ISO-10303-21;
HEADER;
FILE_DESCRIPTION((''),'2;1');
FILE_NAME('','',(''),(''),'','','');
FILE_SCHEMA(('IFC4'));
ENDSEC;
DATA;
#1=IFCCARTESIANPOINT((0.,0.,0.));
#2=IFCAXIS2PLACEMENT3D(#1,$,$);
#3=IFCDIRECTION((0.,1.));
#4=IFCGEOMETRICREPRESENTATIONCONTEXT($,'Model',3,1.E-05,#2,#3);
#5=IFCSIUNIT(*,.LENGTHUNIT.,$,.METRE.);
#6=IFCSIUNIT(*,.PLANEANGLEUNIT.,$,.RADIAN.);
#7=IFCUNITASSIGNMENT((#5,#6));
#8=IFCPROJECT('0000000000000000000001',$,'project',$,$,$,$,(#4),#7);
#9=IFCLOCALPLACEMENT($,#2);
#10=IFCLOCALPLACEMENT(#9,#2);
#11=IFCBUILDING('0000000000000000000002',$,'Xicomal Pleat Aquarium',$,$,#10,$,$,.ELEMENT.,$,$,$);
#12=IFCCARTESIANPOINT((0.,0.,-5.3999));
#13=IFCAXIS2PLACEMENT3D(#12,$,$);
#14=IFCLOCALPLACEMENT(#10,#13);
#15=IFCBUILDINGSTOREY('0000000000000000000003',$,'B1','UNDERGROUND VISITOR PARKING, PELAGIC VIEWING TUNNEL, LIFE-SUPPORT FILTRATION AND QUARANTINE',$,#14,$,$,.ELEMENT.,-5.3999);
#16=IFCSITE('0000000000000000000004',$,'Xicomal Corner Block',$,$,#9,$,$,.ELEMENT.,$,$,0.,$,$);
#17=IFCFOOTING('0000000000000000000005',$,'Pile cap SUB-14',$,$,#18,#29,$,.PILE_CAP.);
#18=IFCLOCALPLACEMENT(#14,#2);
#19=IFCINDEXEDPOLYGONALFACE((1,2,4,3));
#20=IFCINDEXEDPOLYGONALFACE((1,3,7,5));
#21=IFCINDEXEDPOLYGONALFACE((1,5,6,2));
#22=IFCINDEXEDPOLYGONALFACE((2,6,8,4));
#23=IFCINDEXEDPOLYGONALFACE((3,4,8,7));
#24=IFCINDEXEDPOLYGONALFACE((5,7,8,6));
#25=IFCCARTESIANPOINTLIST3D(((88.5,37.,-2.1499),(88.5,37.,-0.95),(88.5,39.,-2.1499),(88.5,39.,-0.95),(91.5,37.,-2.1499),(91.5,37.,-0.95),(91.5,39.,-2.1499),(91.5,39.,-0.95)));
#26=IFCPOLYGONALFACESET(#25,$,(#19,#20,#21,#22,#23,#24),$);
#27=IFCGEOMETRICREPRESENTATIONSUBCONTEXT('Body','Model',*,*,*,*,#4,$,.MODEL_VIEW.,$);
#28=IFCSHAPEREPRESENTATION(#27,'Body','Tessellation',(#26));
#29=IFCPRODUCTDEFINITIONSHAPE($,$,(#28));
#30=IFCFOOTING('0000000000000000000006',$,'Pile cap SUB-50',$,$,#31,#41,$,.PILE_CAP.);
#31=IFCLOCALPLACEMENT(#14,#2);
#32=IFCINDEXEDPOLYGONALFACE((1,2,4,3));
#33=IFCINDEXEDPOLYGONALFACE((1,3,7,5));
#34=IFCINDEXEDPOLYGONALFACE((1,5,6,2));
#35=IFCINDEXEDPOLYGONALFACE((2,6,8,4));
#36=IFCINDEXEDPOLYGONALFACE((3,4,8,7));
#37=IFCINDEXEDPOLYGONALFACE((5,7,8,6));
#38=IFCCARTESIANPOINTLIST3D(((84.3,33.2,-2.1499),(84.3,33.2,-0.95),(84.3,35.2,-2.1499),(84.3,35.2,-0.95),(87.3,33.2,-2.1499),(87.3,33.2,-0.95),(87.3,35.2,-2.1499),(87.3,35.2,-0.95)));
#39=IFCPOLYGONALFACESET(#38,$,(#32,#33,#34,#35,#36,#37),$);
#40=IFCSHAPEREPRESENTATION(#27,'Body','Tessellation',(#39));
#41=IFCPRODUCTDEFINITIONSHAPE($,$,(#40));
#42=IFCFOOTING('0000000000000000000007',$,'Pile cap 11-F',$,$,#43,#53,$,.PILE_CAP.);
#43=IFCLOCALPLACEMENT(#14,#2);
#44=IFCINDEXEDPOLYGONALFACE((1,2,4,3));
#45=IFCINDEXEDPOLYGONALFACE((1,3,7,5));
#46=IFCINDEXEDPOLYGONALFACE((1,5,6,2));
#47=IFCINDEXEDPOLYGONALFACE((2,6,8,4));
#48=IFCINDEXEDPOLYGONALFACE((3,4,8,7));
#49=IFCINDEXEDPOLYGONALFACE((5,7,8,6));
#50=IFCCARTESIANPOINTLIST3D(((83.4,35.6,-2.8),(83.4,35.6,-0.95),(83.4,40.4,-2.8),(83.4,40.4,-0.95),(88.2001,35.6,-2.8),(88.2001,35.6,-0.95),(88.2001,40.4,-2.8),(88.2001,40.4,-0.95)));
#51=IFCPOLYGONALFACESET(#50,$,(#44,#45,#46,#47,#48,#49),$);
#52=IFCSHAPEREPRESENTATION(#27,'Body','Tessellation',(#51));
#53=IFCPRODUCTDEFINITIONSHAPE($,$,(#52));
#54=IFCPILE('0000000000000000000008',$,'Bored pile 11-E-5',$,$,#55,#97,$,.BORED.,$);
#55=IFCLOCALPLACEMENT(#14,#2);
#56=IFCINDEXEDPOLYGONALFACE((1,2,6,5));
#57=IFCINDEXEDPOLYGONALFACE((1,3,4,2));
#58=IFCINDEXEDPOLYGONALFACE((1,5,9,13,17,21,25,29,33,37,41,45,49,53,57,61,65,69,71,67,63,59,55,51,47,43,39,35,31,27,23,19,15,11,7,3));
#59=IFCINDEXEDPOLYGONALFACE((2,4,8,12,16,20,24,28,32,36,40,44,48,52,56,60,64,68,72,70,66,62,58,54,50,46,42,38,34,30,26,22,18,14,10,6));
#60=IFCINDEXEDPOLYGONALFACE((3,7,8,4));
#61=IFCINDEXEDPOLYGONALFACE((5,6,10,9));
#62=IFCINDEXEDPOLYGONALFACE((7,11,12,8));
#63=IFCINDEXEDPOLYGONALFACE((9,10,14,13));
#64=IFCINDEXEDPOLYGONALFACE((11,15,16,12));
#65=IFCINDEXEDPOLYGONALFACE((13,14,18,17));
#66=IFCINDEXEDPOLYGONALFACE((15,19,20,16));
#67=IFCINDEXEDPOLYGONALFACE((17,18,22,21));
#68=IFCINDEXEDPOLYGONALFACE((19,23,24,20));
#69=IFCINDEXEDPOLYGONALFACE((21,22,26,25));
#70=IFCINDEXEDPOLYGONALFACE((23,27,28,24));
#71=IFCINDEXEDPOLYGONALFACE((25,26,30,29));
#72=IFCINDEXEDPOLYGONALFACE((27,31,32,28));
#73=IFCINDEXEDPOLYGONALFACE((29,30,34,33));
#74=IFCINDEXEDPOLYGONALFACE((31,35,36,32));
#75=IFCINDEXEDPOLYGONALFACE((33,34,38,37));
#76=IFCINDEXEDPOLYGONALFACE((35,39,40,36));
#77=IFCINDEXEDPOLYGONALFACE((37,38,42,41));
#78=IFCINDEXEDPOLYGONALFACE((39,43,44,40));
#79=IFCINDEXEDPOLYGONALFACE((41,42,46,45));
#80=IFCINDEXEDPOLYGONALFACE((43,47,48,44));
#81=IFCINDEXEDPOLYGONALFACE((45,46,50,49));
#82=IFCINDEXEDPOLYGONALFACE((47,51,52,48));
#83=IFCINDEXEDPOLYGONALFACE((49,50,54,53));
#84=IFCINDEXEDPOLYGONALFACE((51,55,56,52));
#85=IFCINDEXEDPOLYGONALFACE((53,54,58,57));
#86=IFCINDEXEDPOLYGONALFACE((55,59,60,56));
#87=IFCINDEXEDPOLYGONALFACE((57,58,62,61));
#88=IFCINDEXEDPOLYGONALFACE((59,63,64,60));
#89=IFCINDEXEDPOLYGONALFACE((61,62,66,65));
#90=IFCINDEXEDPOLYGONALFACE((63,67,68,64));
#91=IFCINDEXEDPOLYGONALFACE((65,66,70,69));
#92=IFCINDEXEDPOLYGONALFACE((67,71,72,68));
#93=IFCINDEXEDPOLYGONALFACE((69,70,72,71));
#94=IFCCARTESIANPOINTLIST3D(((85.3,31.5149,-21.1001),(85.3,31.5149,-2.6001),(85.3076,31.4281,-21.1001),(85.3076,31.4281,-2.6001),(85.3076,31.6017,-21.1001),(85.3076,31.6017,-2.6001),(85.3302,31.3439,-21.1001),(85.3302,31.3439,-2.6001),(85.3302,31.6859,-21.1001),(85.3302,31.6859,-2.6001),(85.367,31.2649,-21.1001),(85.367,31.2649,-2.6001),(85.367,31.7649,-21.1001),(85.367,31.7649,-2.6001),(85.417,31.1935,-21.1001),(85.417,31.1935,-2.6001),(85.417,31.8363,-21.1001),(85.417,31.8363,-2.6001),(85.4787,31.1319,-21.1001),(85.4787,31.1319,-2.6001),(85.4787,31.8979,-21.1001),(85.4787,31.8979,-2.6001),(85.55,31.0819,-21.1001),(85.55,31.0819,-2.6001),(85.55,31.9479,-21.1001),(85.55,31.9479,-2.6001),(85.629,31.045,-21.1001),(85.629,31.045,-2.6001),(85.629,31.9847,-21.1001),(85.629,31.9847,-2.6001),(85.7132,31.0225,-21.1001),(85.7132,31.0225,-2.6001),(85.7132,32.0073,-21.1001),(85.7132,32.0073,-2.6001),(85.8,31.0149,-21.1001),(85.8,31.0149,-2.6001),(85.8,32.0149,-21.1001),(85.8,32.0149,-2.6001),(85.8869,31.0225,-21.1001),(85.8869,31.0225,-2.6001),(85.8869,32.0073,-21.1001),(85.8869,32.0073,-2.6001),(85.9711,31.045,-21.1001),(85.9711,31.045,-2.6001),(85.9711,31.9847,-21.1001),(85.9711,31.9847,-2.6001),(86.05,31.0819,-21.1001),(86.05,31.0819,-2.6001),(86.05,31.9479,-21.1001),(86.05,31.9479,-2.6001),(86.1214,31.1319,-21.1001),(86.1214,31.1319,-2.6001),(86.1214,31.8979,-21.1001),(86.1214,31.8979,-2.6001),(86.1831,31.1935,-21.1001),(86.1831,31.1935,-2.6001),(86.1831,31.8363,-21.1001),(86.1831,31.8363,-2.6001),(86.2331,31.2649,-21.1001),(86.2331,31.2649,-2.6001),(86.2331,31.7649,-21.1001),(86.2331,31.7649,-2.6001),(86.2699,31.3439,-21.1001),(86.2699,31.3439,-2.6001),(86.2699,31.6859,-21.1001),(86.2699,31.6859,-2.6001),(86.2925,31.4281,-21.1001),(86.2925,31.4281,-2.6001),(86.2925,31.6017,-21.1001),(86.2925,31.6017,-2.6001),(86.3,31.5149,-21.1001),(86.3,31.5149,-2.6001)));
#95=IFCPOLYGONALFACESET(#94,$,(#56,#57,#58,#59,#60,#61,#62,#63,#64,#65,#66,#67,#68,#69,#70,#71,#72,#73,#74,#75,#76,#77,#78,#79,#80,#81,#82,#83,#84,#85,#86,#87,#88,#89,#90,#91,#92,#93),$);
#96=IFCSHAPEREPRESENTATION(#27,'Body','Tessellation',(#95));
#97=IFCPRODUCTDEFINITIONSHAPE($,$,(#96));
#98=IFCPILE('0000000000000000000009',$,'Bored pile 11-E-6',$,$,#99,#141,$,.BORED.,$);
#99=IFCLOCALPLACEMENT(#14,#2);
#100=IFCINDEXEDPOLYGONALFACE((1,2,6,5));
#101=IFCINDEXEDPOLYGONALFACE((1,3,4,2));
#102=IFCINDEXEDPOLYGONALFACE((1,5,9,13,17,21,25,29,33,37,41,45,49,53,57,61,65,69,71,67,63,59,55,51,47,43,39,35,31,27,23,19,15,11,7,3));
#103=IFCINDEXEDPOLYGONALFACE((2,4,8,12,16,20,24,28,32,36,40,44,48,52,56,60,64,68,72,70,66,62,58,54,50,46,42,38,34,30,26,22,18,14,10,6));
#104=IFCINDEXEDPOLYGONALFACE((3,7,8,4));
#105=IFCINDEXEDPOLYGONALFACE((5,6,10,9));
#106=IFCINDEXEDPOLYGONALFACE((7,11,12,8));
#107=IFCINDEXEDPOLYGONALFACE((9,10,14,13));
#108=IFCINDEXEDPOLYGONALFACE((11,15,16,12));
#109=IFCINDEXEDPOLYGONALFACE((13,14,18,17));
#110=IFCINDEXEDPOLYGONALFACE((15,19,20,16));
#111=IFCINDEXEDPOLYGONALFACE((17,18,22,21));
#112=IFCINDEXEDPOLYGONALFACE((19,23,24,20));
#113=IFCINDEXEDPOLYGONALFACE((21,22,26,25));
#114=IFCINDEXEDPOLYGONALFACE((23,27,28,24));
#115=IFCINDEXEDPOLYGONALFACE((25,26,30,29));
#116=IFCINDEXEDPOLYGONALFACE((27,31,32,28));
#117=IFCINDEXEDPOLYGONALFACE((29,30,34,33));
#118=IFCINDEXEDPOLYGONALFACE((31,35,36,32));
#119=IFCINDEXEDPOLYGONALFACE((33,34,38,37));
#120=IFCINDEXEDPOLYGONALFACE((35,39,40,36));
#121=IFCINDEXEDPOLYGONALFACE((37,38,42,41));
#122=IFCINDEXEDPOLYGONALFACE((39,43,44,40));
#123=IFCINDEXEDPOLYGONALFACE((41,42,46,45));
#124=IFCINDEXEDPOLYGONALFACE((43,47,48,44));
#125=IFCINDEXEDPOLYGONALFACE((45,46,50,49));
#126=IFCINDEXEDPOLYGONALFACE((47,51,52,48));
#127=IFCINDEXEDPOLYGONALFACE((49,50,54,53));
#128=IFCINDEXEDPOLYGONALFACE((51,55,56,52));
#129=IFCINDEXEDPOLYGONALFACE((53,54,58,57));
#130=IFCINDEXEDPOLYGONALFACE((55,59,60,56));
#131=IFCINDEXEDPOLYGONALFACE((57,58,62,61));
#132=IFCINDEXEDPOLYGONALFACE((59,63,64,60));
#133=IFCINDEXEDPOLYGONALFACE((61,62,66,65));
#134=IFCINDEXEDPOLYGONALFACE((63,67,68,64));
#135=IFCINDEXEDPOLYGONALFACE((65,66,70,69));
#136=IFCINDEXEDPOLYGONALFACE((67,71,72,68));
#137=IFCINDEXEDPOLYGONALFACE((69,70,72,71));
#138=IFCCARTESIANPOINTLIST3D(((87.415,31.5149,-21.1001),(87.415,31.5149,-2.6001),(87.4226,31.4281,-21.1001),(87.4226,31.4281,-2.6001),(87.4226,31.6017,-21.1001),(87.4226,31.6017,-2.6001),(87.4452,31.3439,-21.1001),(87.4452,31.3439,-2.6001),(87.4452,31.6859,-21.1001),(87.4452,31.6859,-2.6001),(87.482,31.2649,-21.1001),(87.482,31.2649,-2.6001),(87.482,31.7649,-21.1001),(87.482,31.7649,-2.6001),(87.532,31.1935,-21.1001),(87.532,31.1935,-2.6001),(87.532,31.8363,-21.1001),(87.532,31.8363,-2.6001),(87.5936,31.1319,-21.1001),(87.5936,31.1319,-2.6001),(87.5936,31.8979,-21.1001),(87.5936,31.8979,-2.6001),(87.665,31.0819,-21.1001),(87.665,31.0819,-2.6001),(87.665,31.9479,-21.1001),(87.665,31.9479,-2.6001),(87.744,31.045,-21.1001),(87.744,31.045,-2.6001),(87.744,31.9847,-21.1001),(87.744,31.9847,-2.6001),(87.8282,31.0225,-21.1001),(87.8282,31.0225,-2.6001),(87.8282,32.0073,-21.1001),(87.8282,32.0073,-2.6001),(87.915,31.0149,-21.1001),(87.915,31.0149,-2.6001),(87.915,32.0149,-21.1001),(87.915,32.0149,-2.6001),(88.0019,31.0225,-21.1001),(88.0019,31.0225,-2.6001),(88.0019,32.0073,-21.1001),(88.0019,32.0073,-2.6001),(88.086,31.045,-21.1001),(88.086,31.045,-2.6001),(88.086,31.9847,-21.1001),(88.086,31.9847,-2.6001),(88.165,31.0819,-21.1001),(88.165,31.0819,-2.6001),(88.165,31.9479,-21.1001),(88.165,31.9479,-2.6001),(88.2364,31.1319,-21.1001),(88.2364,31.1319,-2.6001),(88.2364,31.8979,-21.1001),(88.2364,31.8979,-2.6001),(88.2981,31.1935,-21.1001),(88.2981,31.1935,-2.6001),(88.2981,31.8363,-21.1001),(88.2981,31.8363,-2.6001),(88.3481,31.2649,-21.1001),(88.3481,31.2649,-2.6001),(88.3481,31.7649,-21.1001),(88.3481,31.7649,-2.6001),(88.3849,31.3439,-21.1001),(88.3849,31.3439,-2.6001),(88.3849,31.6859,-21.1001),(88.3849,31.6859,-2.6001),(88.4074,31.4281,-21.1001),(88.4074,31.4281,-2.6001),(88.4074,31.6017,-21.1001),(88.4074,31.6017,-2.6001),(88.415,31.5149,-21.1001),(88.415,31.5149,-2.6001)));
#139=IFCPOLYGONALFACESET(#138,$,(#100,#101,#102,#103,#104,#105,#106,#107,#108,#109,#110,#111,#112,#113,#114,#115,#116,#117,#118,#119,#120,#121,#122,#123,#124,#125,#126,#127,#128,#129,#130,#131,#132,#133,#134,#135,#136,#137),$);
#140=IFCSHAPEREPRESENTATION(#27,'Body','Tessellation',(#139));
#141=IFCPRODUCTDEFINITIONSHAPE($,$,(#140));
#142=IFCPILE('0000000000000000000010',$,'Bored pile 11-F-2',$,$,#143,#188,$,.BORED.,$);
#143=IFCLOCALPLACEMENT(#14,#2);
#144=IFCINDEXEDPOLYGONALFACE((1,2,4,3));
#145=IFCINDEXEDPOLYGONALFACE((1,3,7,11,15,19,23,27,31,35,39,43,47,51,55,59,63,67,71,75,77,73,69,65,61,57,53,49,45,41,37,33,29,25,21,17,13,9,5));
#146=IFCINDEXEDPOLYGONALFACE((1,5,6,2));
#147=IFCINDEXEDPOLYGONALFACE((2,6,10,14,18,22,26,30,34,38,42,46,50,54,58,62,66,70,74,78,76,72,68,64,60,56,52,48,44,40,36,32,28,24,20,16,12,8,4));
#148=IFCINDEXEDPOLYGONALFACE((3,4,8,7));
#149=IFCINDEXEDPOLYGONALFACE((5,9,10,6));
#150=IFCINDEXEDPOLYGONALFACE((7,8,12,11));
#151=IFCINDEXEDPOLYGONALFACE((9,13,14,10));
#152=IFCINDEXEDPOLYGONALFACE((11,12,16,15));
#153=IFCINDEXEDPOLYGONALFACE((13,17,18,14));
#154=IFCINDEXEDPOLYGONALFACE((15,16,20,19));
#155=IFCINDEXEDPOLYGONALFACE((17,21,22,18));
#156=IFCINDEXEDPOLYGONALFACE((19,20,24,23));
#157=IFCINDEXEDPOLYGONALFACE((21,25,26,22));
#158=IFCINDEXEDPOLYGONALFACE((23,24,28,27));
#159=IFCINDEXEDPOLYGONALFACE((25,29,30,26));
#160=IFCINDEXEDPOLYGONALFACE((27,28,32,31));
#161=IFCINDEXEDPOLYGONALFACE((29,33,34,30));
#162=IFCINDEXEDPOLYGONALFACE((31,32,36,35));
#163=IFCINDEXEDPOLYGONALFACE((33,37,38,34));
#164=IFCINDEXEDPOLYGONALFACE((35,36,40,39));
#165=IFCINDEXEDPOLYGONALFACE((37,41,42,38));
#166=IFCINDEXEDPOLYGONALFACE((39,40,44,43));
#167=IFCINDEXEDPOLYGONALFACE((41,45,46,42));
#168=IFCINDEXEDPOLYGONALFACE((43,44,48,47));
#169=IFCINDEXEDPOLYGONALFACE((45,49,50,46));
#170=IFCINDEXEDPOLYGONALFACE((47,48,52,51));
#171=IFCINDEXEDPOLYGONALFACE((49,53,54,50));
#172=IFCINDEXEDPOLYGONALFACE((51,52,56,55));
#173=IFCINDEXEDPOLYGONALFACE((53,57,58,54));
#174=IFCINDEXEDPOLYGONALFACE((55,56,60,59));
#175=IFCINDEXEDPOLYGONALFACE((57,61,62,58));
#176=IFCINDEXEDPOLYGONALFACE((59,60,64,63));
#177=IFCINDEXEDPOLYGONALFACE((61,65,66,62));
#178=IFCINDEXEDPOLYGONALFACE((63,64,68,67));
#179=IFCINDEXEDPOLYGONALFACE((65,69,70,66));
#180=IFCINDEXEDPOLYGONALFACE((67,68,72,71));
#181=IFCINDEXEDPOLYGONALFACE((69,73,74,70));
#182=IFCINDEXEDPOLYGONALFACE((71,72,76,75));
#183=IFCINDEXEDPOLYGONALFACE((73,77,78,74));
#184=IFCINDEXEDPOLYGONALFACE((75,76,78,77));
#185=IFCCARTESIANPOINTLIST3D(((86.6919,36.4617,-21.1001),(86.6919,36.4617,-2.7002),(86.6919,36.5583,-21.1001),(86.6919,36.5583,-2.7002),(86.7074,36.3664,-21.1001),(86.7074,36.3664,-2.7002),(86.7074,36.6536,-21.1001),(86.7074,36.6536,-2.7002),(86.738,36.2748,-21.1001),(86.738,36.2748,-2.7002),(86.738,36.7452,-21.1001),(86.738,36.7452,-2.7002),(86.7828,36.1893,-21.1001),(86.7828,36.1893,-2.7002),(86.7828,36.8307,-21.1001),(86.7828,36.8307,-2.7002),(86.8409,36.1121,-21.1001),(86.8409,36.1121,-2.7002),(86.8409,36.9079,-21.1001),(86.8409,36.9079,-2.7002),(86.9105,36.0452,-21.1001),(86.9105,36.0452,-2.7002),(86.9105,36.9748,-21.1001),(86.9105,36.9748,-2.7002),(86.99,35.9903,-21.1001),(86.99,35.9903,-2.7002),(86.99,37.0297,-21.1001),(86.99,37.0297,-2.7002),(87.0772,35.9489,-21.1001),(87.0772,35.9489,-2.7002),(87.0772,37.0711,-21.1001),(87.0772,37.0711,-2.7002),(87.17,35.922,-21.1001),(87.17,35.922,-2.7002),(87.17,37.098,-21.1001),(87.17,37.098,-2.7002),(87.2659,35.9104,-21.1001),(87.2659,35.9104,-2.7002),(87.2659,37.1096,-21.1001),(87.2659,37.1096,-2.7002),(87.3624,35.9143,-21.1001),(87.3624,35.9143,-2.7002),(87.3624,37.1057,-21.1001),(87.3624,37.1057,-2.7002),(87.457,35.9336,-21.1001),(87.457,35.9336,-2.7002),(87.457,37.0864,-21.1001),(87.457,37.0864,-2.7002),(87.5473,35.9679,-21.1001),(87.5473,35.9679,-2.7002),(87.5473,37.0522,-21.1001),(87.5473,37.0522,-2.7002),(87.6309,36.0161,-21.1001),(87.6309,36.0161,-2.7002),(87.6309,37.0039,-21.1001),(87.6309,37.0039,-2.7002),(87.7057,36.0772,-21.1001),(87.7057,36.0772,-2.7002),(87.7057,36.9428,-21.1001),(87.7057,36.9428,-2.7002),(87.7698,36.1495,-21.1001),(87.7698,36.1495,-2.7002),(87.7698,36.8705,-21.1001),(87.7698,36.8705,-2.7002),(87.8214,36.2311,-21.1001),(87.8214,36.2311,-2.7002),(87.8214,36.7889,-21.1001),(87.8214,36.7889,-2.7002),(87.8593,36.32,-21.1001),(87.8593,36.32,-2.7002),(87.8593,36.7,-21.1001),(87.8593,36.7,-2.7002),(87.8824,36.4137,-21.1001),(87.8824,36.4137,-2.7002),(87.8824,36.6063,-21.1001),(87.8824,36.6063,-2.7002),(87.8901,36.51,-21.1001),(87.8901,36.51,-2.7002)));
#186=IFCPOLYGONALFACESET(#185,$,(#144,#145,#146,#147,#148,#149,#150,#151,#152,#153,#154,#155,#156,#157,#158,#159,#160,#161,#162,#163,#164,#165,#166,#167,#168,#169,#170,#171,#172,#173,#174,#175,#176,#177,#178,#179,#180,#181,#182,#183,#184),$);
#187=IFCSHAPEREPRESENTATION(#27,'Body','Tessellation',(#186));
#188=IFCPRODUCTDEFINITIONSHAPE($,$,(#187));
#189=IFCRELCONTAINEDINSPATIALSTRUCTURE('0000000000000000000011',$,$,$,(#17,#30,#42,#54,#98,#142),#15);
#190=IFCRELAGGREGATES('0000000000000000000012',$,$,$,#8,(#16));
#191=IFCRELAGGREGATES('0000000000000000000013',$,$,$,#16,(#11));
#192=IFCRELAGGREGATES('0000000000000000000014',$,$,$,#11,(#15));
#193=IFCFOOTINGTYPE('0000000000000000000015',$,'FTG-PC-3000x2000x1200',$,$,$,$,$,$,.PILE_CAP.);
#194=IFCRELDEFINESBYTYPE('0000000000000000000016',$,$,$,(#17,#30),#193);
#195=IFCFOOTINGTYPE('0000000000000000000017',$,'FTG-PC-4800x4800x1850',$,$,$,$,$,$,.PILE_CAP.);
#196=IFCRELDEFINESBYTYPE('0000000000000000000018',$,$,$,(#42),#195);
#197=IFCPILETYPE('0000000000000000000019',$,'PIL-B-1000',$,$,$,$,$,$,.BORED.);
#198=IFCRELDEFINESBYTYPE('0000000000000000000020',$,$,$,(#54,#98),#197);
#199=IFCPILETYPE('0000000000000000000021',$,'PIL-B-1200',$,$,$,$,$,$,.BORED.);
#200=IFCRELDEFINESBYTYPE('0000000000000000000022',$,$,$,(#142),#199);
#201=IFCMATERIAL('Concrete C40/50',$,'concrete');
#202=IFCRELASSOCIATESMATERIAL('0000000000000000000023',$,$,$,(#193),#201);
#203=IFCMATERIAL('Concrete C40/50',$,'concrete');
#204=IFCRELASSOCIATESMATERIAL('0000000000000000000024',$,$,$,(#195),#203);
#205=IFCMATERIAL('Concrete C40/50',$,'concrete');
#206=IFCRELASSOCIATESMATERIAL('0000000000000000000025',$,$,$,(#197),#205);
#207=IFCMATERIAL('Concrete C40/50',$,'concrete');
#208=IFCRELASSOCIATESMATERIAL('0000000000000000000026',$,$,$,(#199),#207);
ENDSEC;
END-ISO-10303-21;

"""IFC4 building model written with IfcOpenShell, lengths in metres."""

from ifc_helpers import new_model, si_unit, direction, frame, origin, origin_2d, place, context, subcontext, project, spatial, rectangle, circle, extrude, material, material_profile, profile_set, type_object, element, save


model = new_model("IFC4")

# Units and contexts
model_context = context("Model", 3, precision=1e-05, world=origin(), true_north=direction((0.0, 1.0)))
body_context = subcontext(model_context, "Body", "Model", "MODEL_VIEW")
ifc_project = project(units=[si_unit("LENGTHUNIT", "METRE"), si_unit("PLANEANGLEUNIT", "RADIAN")], contexts=[model_context])

# Site, building, storey
site_placement = place(None, origin())
site = spatial("IfcSite", under=ifc_project, at=site_placement, Name="Xicomal Corner Block", CompositionType="ELEMENT", RefElevation=0.0)
building_placement = place(site_placement, origin())
building = spatial("IfcBuilding", under=site, at=building_placement, Name="Xicomal Pleat Aquarium", CompositionType="ELEMENT")
storey_placement = place(building_placement, frame((0.0, 0.0, -5.3999)))
storey = spatial("IfcBuildingStorey", under=building, at=storey_placement, Name="B1", Description="UNDERGROUND VISITOR PARKING, PELAGIC VIEWING TUNNEL, LIFE-SUPPORT FILTRATION AND QUARANTINE", CompositionType="ELEMENT", Elevation=-5.3999)

# Footings
ifc_material_1 = material(Name="Concrete C40/50", Category="concrete")
footing_type_1 = type_object("IfcFootingType", Name="FTG-PC-3000x2000x1200", PredefinedType="PILE_CAP", material=ifc_material_1)
for number, where, z_axis, x_axis, name in (
    (1, (90.0, 38.0, -2.1499), (0.0, 0.0, 1.0), (1.0, 0.0, 0.0), "Pile cap SUB-14"),
    (2, (85.8, 34.2, -2.1499), (0.0, 0.0, 1.0), (1.0, 0.0, 0.0), "Pile cap SUB-50"),
):
    element("IfcFooting", number, at=place(storey_placement, frame(where, z_axis=z_axis, x_axis=x_axis)), inside=storey, type_object=footing_type_1, Name=name, PredefinedType="PILE_CAP", context=body_context, shape_type="SweptSolid", body=[
        extrude(rectangle(XDim=3.0, YDim=2.0, at=origin_2d()), origin(), (0.0, 0.0, 1.0), 1.2),
    ])
ifc_material_2 = material(Name="Concrete C40/50", Category="concrete")
footing_type_2 = type_object("IfcFootingType", Name="FTG-PC-4800x4800x1850", PredefinedType="PILE_CAP", material=ifc_material_2)
footing_placement = place(storey_placement, frame((85.8, 38.0, -2.8), z_axis=(0.0, 0.0, 1.0), x_axis=(1.0, 0.0, 0.0)))
element("IfcFooting", 3, at=footing_placement, inside=storey, type_object=footing_type_2, Name="Pile cap 11-F", PredefinedType="PILE_CAP", context=body_context, shape_type="SweptSolid", body=[
    extrude(rectangle(XDim=4.8, YDim=4.8, at=origin_2d()), origin(), (0.0, 0.0, 1.0), 1.8501),
])

# Piles
ifc_material_3 = material(Name="Concrete C40/50", Category="concrete")
ifc_material_profile_1 = material_profile(ifc_material_3, circle(Radius=0.5, at=origin_2d()), Name="BORED PILE D1000")
ifc_profile_set_1 = profile_set([ifc_material_profile_1], Name="Concrete C40/50")
pile_type_1 = type_object("IfcPileType", Name="PIL-B-1000", PredefinedType="BORED", material=ifc_profile_set_1)
for number, where, z_axis, x_axis, name in (
    (4, (85.8, 31.5149, -2.6001), (0.0, 0.0, -1.0), (1.0, 0.0, 0.0), "Bored pile 11-E-5"),
    (5, (87.915, 31.5149, -2.6001), (0.0, 0.0, -1.0), (1.0, 0.0, 0.0), "Bored pile 11-E-6"),
):
    element("IfcPile", number, at=place(storey_placement, frame(where, z_axis=z_axis, x_axis=x_axis)), inside=storey, type_object=pile_type_1, Name=name, PredefinedType="BORED", context=body_context, shape_type="SweptSolid", body=[
        extrude(circle(Radius=0.5, at=origin_2d()), origin(), (0.0, 0.0, 1.0), 18.5),
    ])
ifc_material_4 = material(Name="Concrete C40/50", Category="concrete")
ifc_material_profile_2 = material_profile(ifc_material_4, circle(Radius=0.6001, at=origin_2d()), Name="BORED PILE D1200")
ifc_profile_set_2 = profile_set([ifc_material_profile_2], Name="Concrete C40/50")
pile_type_2 = type_object("IfcPileType", Name="PIL-B-1200", PredefinedType="BORED", material=ifc_profile_set_2)
pile_1_placement = place(storey_placement, frame((87.29, 36.51, -2.7002), z_axis=(0.0, 0.0, -1.0), x_axis=(1.0, 0.0, 0.0)))
element("IfcPile", 6, at=pile_1_placement, inside=storey, type_object=pile_type_2, Name="Bored pile 11-F-2", PredefinedType="BORED", context=body_context, shape_type="SweptSolid", body=[
    extrude(circle(Radius=0.6001, at=origin_2d()), origin(), (0.0, 0.0, 1.0), 18.3999),
])

save(model, "model.ifc")
